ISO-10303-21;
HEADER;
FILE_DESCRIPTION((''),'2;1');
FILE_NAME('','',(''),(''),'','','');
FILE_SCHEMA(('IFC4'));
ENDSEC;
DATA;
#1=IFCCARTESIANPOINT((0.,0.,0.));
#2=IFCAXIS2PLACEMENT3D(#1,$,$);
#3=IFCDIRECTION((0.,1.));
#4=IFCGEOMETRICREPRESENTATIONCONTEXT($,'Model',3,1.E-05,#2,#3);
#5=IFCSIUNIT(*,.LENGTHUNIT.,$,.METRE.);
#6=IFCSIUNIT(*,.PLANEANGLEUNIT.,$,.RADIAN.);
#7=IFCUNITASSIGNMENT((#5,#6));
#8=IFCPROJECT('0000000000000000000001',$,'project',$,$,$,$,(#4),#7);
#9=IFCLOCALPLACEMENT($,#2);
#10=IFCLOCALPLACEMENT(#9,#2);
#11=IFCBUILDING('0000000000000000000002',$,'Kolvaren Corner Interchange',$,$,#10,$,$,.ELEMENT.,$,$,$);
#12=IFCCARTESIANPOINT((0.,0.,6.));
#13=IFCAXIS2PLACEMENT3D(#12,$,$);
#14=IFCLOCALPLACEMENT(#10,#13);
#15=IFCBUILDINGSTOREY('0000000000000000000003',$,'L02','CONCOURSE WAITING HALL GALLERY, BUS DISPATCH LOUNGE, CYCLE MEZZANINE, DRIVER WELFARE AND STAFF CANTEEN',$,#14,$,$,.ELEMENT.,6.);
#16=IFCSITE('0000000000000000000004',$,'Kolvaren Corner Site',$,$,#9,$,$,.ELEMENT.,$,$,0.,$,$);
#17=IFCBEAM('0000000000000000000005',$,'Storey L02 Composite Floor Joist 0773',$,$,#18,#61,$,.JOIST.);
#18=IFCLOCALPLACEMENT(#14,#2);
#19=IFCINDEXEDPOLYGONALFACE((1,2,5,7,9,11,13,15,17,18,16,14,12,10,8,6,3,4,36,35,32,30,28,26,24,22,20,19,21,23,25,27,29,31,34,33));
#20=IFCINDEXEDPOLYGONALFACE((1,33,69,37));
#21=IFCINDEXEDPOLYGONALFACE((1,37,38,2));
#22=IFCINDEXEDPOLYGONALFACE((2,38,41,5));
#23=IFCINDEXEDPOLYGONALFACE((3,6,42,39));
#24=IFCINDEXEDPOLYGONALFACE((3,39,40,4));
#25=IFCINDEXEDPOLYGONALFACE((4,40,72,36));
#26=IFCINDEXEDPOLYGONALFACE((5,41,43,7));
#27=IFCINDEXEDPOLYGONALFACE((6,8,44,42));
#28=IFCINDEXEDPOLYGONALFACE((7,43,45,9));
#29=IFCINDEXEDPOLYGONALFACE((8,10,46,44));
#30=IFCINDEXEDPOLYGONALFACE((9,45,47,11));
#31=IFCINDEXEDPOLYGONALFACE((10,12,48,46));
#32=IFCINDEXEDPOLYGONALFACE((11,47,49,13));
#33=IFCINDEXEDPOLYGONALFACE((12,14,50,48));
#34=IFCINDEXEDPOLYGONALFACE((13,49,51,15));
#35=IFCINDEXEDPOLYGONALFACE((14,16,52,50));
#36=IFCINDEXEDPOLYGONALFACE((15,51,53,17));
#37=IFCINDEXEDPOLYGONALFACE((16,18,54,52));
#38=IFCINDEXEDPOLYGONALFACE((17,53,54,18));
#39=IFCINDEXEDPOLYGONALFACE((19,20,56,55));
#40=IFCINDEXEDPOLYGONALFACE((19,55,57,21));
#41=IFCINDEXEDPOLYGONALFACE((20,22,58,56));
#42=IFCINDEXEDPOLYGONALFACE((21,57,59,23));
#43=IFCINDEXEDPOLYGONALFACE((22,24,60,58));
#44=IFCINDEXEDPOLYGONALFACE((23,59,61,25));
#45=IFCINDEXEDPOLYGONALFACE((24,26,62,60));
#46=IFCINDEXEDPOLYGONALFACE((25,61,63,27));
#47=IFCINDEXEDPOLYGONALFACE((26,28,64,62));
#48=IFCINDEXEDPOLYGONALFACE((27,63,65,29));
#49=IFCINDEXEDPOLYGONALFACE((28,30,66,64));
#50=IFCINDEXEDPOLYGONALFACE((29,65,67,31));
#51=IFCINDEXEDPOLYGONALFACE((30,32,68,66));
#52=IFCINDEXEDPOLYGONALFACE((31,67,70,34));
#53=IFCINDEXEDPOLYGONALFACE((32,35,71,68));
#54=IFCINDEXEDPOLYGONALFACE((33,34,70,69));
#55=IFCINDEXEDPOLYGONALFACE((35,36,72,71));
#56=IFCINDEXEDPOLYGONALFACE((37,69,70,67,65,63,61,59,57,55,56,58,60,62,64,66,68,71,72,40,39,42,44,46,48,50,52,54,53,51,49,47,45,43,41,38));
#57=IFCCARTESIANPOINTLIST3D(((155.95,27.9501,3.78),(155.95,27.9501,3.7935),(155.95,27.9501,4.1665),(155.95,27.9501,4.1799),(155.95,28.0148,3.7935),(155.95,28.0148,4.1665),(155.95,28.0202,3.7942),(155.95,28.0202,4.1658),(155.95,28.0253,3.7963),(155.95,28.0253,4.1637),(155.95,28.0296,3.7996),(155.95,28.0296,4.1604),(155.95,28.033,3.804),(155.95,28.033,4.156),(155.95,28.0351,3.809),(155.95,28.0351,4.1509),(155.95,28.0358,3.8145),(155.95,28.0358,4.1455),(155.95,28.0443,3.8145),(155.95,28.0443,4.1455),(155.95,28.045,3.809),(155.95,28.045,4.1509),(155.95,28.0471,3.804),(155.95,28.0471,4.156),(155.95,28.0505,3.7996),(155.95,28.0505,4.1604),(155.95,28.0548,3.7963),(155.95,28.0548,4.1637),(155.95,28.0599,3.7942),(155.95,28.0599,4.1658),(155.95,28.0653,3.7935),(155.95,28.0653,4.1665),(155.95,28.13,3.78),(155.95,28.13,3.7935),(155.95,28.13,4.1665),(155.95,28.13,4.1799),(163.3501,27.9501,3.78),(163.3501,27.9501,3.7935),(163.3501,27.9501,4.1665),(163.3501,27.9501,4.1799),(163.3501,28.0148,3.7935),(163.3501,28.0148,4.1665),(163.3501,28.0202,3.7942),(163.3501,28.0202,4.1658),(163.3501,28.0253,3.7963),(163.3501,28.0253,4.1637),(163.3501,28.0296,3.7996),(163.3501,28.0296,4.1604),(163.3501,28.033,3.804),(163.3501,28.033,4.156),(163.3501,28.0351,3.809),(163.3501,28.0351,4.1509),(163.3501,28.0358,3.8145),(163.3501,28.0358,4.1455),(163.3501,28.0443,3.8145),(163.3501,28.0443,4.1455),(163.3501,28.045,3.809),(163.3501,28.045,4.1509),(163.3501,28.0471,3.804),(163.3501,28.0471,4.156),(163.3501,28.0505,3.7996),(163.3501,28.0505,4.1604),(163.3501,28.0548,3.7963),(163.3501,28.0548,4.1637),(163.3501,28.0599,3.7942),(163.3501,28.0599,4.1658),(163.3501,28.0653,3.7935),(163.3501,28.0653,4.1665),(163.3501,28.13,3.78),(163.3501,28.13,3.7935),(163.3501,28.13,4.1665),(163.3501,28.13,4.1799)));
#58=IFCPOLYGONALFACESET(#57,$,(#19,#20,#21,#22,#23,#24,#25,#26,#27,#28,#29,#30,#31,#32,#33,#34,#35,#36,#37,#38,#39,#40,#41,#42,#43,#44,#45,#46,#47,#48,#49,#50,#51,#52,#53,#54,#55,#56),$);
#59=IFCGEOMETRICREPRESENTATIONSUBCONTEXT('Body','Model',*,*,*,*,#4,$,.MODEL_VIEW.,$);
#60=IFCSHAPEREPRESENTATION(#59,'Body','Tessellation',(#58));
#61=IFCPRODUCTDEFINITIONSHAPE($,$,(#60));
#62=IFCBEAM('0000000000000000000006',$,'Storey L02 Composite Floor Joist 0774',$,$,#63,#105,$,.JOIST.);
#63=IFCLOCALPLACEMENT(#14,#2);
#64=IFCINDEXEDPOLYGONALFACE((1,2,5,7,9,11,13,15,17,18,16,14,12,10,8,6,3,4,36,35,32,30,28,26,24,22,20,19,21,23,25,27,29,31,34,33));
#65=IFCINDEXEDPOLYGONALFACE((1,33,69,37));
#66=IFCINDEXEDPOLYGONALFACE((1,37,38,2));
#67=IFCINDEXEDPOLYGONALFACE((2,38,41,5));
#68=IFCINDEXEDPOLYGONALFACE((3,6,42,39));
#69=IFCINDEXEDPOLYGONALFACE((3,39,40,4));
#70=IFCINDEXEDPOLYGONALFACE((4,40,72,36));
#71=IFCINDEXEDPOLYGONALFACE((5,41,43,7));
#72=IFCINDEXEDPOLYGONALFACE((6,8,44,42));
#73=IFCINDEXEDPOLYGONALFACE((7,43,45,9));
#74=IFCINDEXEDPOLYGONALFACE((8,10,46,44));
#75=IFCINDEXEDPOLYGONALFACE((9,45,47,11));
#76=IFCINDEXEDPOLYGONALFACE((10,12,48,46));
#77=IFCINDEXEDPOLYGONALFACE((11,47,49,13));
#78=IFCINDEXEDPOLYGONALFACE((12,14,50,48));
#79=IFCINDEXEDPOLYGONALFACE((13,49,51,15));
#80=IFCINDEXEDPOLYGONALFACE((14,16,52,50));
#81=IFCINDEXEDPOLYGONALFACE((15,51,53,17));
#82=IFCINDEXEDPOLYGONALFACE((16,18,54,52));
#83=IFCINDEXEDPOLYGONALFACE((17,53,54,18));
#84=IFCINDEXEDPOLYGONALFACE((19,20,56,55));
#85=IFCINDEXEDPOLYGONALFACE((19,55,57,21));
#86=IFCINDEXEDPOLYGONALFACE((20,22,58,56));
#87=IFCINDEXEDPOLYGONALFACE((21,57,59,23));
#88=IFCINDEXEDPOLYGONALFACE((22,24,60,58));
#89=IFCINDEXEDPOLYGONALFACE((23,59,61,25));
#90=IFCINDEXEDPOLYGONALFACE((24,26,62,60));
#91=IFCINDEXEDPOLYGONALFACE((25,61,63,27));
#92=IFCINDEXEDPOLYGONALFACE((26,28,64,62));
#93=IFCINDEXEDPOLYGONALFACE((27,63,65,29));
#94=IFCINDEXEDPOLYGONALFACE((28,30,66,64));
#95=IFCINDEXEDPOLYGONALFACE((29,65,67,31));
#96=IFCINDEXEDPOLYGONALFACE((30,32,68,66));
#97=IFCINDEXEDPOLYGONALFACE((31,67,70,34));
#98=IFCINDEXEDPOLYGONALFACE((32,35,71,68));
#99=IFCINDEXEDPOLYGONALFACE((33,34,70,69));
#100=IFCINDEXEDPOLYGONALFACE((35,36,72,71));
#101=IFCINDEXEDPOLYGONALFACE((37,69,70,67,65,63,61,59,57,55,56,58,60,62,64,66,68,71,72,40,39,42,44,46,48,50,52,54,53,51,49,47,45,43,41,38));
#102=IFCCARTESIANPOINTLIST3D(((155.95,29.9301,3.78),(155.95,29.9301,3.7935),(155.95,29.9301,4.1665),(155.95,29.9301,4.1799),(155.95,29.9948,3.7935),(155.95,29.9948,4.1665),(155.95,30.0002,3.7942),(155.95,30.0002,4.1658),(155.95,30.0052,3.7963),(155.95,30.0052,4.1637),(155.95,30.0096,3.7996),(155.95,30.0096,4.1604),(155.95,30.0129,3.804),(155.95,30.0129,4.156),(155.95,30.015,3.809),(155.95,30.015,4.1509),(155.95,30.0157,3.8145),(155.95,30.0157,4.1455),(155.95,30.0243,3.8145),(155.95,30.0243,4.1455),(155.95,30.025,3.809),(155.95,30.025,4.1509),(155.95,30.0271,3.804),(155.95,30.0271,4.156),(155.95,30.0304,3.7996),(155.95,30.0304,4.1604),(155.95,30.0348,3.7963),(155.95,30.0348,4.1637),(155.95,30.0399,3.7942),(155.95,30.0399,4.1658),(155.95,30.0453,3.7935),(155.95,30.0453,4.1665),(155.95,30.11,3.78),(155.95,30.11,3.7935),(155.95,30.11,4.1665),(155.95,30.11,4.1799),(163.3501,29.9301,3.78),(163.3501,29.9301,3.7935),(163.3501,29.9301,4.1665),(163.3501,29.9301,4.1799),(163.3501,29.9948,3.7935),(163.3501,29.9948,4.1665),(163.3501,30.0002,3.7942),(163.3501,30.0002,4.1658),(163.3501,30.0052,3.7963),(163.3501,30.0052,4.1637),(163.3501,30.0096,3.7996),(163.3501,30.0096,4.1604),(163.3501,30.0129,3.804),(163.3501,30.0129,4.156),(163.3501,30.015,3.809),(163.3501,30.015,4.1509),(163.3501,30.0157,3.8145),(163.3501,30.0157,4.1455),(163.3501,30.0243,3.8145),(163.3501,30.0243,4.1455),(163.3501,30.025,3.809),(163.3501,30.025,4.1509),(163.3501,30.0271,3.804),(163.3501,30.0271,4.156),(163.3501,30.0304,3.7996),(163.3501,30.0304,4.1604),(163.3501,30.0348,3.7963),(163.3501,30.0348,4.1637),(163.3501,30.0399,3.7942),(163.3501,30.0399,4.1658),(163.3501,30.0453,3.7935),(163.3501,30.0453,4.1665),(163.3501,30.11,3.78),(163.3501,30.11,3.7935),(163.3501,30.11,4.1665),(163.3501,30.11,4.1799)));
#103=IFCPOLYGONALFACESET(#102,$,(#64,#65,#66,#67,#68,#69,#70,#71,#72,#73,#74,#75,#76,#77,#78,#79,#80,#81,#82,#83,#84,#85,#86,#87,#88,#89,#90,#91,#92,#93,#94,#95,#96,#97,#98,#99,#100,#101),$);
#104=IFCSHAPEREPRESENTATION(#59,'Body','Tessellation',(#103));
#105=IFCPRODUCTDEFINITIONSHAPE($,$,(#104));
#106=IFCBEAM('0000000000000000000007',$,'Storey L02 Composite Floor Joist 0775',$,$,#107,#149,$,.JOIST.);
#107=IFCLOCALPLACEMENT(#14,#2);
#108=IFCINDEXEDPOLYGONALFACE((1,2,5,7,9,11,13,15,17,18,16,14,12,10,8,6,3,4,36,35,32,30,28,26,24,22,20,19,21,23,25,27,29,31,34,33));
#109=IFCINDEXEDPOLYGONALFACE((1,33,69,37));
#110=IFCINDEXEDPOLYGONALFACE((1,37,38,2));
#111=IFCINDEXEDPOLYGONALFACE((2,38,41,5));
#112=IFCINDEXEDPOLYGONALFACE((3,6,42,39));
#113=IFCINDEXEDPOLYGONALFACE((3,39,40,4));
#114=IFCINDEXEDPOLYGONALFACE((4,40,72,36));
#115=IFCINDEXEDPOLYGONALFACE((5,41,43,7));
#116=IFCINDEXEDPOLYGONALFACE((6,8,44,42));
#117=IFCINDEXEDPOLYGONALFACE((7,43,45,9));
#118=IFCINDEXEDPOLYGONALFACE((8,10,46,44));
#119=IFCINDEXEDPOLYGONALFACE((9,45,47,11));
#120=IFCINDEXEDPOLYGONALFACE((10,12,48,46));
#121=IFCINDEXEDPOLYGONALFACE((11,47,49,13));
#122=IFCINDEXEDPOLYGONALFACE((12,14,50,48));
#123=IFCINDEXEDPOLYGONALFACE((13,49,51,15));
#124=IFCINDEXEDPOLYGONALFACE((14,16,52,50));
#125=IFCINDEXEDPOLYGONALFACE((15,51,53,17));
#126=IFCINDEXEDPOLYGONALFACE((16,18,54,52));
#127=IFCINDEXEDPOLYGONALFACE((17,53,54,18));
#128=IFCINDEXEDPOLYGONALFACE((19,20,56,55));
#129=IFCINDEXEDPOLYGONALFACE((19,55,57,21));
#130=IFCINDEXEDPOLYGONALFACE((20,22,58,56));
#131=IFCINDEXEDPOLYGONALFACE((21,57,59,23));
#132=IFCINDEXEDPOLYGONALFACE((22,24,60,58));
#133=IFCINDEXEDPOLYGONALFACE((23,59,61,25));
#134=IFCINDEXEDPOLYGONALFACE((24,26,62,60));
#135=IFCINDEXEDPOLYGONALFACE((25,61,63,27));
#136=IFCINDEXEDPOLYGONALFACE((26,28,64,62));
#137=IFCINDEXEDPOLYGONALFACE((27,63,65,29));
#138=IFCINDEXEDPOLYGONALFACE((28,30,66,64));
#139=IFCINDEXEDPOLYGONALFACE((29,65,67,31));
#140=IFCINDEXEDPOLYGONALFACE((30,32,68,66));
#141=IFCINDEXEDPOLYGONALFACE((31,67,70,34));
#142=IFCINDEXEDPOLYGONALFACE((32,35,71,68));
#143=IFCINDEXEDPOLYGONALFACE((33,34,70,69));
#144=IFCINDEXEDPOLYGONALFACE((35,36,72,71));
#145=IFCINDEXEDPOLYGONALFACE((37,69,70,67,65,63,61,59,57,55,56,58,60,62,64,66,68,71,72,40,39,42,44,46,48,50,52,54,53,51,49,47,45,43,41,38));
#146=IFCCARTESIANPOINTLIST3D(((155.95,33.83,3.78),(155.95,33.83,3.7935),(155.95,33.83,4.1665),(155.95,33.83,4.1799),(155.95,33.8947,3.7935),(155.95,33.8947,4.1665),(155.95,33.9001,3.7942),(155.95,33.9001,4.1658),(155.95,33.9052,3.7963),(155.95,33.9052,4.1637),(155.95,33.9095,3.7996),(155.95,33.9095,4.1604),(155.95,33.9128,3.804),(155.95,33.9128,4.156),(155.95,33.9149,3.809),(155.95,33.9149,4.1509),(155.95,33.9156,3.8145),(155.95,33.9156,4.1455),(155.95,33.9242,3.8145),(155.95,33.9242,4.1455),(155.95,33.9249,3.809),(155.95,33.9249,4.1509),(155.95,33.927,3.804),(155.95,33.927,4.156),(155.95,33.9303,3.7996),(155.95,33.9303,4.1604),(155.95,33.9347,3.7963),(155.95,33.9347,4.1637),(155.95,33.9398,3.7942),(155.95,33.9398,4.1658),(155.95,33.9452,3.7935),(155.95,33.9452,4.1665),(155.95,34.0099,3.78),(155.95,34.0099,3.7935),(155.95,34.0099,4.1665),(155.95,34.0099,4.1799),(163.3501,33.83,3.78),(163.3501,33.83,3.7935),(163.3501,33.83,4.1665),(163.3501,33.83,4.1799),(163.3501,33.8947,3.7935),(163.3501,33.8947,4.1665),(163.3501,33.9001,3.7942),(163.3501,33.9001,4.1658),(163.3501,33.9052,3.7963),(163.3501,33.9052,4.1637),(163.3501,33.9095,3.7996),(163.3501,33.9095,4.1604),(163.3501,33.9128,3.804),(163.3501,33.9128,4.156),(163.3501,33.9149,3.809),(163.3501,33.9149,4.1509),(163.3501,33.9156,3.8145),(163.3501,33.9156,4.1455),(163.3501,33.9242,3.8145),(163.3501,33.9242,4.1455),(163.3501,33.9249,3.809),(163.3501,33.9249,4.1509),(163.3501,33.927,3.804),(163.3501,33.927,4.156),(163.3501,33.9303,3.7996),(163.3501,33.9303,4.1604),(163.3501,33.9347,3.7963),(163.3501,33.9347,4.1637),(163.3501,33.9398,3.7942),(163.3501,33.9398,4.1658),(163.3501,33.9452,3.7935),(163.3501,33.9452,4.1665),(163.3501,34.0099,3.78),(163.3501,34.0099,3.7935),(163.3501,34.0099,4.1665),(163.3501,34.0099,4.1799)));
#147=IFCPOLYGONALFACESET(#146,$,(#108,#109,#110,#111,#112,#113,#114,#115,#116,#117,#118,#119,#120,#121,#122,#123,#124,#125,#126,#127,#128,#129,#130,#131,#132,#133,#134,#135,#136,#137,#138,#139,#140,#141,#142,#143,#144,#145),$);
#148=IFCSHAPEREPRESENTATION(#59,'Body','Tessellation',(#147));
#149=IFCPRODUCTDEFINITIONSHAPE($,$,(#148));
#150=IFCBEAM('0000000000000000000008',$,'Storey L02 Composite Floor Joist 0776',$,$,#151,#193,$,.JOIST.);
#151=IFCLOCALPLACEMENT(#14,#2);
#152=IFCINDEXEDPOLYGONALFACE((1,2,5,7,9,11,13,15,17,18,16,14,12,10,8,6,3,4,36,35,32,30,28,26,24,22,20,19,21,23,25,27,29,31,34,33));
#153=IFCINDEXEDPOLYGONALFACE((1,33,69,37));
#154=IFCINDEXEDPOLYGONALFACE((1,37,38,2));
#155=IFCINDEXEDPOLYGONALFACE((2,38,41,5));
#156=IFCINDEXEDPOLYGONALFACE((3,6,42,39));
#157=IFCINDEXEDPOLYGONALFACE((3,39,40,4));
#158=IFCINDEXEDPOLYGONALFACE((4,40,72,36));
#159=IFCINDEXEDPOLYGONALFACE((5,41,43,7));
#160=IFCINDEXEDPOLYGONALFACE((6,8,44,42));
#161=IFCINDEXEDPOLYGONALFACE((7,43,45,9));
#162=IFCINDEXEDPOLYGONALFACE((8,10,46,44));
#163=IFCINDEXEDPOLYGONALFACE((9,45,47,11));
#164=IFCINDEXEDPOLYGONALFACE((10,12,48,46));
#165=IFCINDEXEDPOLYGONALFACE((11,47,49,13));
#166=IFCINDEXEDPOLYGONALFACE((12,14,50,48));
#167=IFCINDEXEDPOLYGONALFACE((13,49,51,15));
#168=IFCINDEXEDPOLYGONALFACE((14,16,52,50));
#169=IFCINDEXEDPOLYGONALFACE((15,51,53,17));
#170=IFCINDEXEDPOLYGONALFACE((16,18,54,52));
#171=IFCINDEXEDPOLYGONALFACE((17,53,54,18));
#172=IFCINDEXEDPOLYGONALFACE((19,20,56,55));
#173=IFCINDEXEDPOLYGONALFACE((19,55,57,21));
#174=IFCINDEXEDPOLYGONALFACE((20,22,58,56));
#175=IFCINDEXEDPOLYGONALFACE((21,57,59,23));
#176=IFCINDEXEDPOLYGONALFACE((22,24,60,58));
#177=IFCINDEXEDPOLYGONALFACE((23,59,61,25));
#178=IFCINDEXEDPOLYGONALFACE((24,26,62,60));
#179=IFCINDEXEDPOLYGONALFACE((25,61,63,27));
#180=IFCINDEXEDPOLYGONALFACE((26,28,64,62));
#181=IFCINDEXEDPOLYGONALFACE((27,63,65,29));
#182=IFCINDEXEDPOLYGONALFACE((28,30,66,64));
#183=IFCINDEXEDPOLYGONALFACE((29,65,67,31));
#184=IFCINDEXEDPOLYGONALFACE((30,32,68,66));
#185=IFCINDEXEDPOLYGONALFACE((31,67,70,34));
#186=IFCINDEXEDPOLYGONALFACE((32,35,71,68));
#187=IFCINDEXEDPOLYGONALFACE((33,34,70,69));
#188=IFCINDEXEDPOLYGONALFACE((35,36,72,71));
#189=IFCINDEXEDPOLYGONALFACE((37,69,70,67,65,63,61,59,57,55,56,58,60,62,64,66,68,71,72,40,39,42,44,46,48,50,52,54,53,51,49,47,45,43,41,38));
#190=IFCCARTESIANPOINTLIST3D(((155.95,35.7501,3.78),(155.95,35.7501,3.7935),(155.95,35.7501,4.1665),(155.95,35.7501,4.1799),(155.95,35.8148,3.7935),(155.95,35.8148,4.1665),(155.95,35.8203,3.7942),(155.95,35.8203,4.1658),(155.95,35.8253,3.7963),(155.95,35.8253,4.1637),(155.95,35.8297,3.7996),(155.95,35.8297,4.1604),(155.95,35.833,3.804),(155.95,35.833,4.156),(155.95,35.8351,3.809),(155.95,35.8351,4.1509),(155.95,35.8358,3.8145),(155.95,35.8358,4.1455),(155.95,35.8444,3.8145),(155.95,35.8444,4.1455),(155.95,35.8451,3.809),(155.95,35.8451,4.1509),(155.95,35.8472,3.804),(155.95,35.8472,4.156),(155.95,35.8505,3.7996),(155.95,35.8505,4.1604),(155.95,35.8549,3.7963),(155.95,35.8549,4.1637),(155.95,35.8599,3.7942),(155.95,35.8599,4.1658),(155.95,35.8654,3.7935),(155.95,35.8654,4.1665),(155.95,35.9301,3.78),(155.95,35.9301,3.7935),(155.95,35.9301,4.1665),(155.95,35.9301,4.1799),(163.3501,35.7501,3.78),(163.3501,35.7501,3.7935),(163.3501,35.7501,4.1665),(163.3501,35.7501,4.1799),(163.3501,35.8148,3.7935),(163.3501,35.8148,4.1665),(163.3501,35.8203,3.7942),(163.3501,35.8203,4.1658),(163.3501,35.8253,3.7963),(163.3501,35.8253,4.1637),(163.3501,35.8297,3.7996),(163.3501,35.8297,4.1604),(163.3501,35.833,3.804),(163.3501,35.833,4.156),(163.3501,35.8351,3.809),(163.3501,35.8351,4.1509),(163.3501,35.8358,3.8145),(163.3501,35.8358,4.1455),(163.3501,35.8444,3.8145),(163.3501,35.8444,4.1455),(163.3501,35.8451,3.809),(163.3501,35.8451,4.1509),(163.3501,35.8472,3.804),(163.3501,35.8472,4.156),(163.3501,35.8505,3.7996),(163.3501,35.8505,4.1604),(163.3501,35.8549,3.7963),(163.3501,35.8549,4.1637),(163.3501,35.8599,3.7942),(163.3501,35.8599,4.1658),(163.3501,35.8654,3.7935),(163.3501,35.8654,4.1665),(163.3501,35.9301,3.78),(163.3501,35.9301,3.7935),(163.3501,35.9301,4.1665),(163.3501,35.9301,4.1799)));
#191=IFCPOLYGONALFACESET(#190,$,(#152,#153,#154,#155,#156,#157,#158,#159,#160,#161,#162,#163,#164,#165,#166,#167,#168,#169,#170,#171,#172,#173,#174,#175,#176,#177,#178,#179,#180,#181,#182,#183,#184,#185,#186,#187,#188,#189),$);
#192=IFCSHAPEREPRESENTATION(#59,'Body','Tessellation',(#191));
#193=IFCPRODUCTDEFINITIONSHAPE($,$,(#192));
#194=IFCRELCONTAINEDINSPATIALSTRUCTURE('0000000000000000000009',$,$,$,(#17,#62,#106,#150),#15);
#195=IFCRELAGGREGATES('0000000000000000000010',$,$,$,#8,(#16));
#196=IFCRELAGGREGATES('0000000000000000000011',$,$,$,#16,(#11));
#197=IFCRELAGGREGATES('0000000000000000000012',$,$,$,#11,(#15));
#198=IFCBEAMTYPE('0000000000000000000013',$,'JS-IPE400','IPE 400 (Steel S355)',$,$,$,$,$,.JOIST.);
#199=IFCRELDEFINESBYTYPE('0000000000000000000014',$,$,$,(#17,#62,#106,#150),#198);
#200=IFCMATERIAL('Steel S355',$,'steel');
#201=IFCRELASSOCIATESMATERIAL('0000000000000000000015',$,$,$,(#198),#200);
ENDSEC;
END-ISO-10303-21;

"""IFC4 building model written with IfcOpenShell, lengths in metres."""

from ifc_helpers import new_model, si_unit, direction, frame, origin, origin_2d, place, context, subcontext, project, spatial, i_section, extrude, material, material_profile, profile_set, type_object, element, save


model = new_model("IFC4")

# Units and contexts
model_context = context("Model", 3, precision=1e-05, world=origin(), true_north=direction((0.0, 1.0)))
body_context = subcontext(model_context, "Body", "Model", "MODEL_VIEW")
ifc_project = project(units=[si_unit("LENGTHUNIT", "METRE"), si_unit("PLANEANGLEUNIT", "RADIAN")], contexts=[model_context])

# Site, building, storey
site_placement = place(None, origin())
site = spatial("IfcSite", under=ifc_project, at=site_placement, Name="Kolvaren Corner Site", CompositionType="ELEMENT", RefElevation=0.0)
building_placement = place(site_placement, origin())
building = spatial("IfcBuilding", under=site, at=building_placement, Name="Kolvaren Corner Interchange", CompositionType="ELEMENT")
storey_placement = place(building_placement, frame((0.0, 0.0, 6.0)))
storey = spatial("IfcBuildingStorey", under=building, at=storey_placement, Name="L02", Description="CONCOURSE WAITING HALL GALLERY, BUS DISPATCH LOUNGE, CYCLE MEZZANINE, DRIVER WELFARE AND STAFF CANTEEN", CompositionType="ELEMENT", Elevation=6.0)

# Beams
ifc_material_1 = material(Name="Steel S355", Category="steel")
ifc_material_profile_1 = material_profile(ifc_material_1, i_section(OverallWidth=0.1799, OverallDepth=0.3999, WebThickness=0.0085, FlangeThickness=0.0134, FilletRadius=0.021, at=origin_2d()), Name="IPE 400")
ifc_profile_set_1 = profile_set([ifc_material_profile_1], Name="Steel S355")
beam_type_1 = type_object("IfcBeamType", Name="JS-IPE400", Description="IPE 400 (Steel S355)", PredefinedType="JOIST", material=ifc_profile_set_1)
for number, where, z_axis, x_axis, name in (
    (1, (155.95, 28.04, 3.98), (1.0, 0.0, 0.0), (0.0, 1.0, 0.0), "Storey L02 Composite Floor Joist 0773"),
    (2, (155.95, 30.02, 3.98), (1.0, 0.0, 0.0), (0.0, 1.0, 0.0), "Storey L02 Composite Floor Joist 0774"),
    (3, (155.95, 33.9199, 3.98), (1.0, 0.0, 0.0), (0.0, 1.0, 0.0), "Storey L02 Composite Floor Joist 0775"),
    (4, (155.95, 35.8401, 3.98), (1.0, 0.0, 0.0), (0.0, 1.0, 0.0), "Storey L02 Composite Floor Joist 0776"),
):
    element("IfcBeam", number, at=place(storey_placement, frame(where, z_axis=z_axis, x_axis=x_axis)), inside=storey, type_object=beam_type_1, Name=name, PredefinedType="JOIST", context=body_context, shape_type="SweptSolid", body=[
        extrude(i_section(OverallWidth=0.1799, OverallDepth=0.3999, WebThickness=0.0085, FlangeThickness=0.0134, FilletRadius=0.021, at=origin_2d()), origin(), (0.0, 0.0, 1.0), 7.4001),
    ])

save(model, "model.ifc")
